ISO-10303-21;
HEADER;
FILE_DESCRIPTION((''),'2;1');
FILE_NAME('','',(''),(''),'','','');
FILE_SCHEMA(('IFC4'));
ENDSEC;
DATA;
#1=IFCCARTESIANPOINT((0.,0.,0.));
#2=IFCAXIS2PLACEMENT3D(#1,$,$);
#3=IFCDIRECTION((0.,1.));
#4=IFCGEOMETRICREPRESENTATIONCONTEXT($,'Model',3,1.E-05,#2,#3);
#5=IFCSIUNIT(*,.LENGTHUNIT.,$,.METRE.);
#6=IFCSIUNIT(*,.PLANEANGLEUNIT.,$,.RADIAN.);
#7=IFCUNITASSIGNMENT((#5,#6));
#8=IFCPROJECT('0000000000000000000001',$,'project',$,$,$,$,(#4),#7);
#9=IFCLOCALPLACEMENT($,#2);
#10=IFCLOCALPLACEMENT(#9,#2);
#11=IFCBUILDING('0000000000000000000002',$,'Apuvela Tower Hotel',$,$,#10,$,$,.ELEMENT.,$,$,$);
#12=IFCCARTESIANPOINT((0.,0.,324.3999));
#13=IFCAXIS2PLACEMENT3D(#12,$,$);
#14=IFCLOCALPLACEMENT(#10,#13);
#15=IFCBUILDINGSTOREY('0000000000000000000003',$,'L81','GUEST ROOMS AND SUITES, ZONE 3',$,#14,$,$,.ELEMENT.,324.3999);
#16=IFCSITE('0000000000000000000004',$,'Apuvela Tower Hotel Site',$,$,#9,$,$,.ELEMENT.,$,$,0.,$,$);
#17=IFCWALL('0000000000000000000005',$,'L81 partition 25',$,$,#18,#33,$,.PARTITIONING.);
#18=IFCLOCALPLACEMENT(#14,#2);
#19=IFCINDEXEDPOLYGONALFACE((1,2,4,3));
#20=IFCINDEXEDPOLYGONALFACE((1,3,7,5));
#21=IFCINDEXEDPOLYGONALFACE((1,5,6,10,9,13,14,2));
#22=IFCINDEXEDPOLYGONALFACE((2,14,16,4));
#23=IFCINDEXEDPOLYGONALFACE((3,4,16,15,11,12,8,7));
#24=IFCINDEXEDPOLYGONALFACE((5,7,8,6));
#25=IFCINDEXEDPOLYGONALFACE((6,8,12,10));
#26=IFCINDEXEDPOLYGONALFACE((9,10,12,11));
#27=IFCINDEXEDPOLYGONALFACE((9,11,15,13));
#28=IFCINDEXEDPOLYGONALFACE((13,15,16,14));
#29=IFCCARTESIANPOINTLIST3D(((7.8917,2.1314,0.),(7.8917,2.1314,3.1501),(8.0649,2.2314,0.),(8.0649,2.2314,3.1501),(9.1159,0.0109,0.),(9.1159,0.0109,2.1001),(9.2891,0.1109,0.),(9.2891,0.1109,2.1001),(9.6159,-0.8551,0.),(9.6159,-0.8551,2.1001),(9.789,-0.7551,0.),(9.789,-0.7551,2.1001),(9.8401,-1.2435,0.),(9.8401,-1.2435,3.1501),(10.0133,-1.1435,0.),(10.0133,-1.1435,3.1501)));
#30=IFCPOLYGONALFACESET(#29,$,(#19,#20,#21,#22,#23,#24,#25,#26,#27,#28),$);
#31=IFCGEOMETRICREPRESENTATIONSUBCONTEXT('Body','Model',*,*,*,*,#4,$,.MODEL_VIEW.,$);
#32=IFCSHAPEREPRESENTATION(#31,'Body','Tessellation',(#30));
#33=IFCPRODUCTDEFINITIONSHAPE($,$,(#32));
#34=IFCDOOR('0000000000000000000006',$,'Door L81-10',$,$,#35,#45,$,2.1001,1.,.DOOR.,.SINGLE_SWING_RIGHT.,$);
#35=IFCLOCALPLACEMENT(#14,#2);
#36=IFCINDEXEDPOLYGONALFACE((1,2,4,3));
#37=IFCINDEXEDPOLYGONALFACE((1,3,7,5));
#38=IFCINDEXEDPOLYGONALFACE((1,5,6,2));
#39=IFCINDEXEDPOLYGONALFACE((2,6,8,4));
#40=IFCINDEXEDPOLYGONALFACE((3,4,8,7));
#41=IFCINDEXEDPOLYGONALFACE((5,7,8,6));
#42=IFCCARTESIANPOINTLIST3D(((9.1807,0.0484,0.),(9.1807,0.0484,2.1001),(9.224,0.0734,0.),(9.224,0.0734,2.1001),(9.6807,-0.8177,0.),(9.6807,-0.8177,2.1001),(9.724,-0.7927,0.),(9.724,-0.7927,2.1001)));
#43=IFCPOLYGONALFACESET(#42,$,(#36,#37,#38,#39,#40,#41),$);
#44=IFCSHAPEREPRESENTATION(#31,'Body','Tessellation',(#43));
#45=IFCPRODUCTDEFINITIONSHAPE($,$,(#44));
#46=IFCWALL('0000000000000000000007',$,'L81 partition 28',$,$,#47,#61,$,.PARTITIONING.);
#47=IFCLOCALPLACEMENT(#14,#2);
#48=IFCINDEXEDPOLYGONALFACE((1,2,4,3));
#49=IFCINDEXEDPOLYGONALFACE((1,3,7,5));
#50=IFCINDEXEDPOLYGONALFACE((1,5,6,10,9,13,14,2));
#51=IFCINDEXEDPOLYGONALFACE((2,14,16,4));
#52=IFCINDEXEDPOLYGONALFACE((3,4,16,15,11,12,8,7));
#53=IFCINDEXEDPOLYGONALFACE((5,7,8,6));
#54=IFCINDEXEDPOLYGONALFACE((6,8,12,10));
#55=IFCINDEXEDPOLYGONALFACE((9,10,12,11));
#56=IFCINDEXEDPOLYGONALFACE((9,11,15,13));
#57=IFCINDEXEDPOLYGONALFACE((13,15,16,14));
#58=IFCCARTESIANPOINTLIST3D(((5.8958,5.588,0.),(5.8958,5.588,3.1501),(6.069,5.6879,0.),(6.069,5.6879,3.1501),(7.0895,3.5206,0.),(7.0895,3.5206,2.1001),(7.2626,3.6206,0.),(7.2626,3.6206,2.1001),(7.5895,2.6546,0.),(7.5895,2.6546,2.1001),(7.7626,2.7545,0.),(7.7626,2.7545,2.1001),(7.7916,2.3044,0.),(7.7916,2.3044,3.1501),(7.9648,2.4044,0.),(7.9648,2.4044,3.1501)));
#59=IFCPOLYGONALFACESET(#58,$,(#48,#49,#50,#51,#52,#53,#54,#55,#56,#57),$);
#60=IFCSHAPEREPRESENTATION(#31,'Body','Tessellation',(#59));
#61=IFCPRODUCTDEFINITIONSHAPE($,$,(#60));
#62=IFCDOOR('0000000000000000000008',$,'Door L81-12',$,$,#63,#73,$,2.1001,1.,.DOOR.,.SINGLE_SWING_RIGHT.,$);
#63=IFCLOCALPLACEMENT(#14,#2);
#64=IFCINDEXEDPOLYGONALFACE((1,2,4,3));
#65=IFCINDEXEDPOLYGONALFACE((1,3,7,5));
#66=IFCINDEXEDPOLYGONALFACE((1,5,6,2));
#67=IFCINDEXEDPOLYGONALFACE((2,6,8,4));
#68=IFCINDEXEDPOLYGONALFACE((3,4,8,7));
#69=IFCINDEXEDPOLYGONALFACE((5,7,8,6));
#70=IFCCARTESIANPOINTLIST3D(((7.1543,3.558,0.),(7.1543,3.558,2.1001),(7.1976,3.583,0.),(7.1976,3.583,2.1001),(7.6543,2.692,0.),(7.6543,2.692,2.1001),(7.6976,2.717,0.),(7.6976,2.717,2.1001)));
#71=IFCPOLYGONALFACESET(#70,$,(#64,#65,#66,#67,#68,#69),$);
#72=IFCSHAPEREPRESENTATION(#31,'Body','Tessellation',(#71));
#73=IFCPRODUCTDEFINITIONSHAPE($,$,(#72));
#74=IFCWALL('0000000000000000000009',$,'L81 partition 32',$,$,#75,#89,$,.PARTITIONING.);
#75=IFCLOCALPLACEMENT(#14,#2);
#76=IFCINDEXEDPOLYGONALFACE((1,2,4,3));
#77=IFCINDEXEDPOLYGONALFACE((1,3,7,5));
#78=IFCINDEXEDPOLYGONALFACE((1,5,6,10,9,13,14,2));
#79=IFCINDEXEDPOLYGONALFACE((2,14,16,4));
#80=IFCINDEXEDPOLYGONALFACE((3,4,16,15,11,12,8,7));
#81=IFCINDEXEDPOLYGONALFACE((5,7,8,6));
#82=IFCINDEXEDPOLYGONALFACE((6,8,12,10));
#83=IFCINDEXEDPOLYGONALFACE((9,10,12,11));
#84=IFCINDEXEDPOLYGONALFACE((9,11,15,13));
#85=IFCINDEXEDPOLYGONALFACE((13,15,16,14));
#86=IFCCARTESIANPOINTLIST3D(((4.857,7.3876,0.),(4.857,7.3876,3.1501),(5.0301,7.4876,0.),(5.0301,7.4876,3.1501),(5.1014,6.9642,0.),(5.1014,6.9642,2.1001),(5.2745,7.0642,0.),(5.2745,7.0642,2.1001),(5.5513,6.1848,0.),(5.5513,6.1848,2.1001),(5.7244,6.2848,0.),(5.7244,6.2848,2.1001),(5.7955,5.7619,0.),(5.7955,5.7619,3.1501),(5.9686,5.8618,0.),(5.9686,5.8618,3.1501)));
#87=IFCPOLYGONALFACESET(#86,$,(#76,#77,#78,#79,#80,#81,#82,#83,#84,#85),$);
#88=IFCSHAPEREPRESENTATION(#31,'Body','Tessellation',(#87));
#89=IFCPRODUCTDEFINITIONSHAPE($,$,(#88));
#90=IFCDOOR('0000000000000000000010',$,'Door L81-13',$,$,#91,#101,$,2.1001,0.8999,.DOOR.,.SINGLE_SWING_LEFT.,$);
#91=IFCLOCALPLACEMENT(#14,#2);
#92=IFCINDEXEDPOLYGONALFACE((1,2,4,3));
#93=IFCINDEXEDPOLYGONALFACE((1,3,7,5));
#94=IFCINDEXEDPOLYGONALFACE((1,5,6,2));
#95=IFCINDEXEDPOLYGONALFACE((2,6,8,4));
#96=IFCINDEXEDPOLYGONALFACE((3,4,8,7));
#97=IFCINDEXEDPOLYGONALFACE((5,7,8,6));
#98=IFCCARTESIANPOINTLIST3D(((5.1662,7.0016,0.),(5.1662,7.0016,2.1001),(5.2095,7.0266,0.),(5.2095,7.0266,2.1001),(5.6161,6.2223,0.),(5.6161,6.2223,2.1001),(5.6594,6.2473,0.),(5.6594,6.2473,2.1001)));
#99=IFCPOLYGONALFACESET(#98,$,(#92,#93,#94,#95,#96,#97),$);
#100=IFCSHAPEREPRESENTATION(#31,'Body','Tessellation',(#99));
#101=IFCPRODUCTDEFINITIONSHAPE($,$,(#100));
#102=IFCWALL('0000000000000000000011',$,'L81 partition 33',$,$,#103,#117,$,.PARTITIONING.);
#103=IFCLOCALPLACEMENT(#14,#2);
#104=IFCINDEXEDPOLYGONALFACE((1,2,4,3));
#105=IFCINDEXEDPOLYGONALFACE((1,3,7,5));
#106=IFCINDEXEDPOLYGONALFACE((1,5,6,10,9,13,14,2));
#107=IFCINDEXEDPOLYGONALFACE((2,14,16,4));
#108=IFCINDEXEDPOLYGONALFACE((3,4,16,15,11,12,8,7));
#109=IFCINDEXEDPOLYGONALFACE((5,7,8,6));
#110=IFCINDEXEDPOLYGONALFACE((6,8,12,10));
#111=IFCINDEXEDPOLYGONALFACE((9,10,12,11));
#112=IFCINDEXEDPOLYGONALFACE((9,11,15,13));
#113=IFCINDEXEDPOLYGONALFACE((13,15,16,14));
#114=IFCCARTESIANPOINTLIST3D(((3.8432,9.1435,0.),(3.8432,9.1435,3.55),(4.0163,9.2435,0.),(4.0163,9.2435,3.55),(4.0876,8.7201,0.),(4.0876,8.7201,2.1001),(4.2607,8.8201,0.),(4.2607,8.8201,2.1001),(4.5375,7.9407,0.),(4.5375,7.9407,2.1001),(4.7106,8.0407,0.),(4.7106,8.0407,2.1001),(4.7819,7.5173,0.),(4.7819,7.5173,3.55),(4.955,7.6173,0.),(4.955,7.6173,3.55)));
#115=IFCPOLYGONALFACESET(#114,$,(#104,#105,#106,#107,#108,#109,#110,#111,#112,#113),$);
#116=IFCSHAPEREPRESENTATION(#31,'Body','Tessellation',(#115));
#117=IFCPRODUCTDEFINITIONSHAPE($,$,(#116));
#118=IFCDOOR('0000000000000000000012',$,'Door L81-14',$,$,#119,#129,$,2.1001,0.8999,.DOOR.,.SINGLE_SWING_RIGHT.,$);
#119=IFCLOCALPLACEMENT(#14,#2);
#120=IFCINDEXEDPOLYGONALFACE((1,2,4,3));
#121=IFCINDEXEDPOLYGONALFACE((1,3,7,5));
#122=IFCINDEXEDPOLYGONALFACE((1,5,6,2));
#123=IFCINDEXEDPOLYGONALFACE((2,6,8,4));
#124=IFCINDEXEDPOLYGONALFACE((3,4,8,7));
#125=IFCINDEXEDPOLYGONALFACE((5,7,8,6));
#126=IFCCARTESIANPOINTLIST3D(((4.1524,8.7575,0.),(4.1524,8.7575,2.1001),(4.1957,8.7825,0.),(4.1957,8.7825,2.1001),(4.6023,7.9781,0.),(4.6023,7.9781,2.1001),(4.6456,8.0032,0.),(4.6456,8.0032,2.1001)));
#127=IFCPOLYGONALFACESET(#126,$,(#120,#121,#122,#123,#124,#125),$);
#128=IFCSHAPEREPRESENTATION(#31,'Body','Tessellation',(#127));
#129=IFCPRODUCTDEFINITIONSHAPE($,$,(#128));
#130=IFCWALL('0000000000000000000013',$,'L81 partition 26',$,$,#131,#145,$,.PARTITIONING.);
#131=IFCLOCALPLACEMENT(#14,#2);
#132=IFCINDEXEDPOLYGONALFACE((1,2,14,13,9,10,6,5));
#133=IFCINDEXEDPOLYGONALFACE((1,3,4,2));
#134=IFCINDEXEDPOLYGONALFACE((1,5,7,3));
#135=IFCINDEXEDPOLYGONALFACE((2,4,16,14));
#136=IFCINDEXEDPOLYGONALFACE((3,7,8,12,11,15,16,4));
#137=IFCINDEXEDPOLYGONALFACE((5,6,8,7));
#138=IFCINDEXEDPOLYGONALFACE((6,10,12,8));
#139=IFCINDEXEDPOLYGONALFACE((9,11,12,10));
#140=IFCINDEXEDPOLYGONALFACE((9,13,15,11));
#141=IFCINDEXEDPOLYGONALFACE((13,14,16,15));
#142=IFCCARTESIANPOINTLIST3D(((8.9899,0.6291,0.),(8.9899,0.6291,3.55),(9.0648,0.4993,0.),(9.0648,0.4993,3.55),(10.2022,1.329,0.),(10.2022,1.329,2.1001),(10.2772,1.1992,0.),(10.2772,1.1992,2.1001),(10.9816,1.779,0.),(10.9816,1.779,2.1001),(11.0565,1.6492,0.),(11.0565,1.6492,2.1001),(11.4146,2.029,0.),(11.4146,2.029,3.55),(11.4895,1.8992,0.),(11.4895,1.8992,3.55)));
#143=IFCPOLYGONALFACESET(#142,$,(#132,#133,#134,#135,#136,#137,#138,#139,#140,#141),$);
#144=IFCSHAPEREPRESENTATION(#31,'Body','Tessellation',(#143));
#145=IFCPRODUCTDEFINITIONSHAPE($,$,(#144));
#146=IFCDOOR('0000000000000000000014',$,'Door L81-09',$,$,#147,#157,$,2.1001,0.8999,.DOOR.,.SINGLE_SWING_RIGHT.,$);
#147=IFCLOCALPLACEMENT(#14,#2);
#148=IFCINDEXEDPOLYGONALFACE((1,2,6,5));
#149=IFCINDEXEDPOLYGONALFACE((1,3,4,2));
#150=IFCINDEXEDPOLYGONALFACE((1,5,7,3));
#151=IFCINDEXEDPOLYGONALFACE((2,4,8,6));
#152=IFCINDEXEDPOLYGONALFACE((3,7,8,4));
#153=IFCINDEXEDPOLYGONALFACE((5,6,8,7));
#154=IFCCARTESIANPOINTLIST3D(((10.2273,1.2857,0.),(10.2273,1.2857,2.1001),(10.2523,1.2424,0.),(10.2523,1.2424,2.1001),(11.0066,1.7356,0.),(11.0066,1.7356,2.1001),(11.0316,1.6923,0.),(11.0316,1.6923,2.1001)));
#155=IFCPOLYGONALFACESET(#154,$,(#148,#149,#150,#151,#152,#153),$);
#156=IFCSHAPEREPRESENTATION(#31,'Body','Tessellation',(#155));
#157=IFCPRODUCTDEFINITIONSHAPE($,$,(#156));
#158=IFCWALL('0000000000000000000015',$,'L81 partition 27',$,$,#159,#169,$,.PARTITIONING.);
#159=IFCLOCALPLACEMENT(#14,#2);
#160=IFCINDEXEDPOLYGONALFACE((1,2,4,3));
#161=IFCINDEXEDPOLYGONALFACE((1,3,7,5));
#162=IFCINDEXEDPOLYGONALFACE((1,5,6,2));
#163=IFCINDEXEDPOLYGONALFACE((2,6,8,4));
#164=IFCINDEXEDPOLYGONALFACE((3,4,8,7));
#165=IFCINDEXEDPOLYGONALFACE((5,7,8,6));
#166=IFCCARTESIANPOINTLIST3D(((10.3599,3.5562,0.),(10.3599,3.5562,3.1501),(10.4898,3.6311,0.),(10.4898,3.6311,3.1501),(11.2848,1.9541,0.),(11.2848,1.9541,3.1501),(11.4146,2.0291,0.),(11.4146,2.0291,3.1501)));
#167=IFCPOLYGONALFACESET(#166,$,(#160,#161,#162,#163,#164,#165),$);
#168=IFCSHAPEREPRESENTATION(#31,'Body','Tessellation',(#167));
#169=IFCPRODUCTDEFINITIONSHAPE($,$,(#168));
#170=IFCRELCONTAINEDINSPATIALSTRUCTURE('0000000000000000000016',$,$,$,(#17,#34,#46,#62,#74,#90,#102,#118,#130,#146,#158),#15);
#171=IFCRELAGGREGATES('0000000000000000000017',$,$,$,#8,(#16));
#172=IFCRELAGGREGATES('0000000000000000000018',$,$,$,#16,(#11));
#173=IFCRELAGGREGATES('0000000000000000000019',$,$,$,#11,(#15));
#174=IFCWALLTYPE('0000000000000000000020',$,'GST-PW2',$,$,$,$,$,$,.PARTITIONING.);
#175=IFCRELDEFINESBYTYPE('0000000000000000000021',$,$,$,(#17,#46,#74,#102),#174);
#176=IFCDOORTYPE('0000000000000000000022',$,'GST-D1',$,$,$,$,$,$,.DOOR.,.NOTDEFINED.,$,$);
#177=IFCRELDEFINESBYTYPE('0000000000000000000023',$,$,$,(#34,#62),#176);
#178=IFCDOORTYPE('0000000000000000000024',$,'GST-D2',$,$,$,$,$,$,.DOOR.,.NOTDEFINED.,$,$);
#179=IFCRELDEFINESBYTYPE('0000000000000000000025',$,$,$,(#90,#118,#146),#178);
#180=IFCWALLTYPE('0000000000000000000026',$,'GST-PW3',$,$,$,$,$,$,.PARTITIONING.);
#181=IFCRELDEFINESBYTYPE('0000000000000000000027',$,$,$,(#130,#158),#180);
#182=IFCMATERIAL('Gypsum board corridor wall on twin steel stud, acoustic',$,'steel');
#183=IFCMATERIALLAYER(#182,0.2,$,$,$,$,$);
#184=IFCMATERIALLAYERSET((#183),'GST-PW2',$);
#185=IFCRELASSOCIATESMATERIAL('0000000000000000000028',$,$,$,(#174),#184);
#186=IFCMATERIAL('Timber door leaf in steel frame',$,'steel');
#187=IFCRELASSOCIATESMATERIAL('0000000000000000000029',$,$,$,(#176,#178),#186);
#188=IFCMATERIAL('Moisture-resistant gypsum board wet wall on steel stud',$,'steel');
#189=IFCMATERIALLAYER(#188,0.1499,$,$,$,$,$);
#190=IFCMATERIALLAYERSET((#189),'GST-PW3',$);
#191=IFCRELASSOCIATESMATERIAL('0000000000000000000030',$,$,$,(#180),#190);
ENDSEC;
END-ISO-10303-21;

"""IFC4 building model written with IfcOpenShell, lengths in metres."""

from ifc_helpers import new_model, si_unit, direction, frame, frame_2d, origin, place, context, subcontext, project, spatial, rectangle, extrude, material, layer, layer_set, type_object, element, fill, save


model = new_model("IFC4")

# Units and contexts
model_context = context("Model", 3, precision=1e-05, world=origin(), true_north=direction((0.0, 1.0)))
body_context = subcontext(model_context, "Body", "Model", "MODEL_VIEW")
ifc_project = project(units=[si_unit("LENGTHUNIT", "METRE"), si_unit("PLANEANGLEUNIT", "RADIAN")], contexts=[model_context])

# Site, building, storey
site_placement = place(None, origin())
site = spatial("IfcSite", under=ifc_project, at=site_placement, Name="Apuvela Tower Hotel Site", CompositionType="ELEMENT", RefElevation=0.0)
building_placement = place(site_placement, origin())
building = spatial("IfcBuilding", under=site, at=building_placement, Name="Apuvela Tower Hotel", CompositionType="ELEMENT")
storey_placement = place(building_placement, frame((0.0, 0.0, 324.3999)))
storey = spatial("IfcBuildingStorey", under=building, at=storey_placement, Name="L81", Description="GUEST ROOMS AND SUITES, ZONE 3", CompositionType="ELEMENT", Elevation=324.3999)

# Walls, openings, doors
ifc_material_1 = material(Name="Gypsum board corridor wall on twin steel stud, acoustic", Category="steel")
ifc_layer_1 = layer(ifc_material_1, 0.2)
ifc_layer_set_1 = layer_set([ifc_layer_1], Name="GST-PW2")
wall_type_1 = type_object("IfcWallType", Name="GST-PW2", PredefinedType="PARTITIONING", material=ifc_layer_set_1)
wall_1_placement = place(storey_placement, frame((7.9783, 2.1814, 0.0), z_axis=(0.0, 0.0, 1.0), x_axis=(0.499986, -0.866033, 0.0)))
wall_1 = element("IfcWall", 1, at=wall_1_placement, inside=storey, type_object=wall_type_1, Name="L81 partition 25", PredefinedType="PARTITIONING", context=body_context, shape_type="SweptSolid", body=[
    extrude(rectangle(XDim=3.897, YDim=0.2, at=frame_2d((1.9485, 0.0))), origin(), (0.0, 0.0, 1.0), 3.1501),
])
opening_1_placement = place(wall_1_placement, frame((2.4485, 0.0, 0.0)))
opening_1 = element("IfcOpeningElement", 2, at=opening_1_placement, cuts=wall_1, PredefinedType="OPENING", context=body_context, shape_type="SweptSolid", body=[
    extrude(rectangle(XDim=1.0, YDim=2.1001, at=frame_2d((0.5, 1.05))), frame((0.0, 0.1099, 0.0), z_axis=(0.0, -1.0, 0.0), x_axis=(1.0, 0.0, 0.0)), (0.0, 0.0, 1.0), 0.22),
])
ifc_material_2 = material(Name="Timber door leaf in steel frame", Category="steel")
door_type_1 = type_object("IfcDoorType", Name="GST-D1", OperationType="NOTDEFINED", PredefinedType="DOOR", material=ifc_material_2)
door_1_placement = place(opening_1_placement, origin())
door_1 = element("IfcDoor", 3, at=door_1_placement, inside=storey, type_object=door_type_1, Name="Door L81-10", OperationType="SINGLE_SWING_RIGHT", OverallHeight=2.1001, OverallWidth=1.0, PredefinedType="DOOR", context=body_context, shape_type="SweptSolid", body=[
    extrude(rectangle(XDim=1.0, YDim=2.1001, at=frame_2d((0.5, 1.05))), frame((0.0, 0.0249, 0.0), z_axis=(0.0, -1.0, 0.0), x_axis=(1.0, 0.0, 0.0)), (0.0, 0.0, 1.0), 0.05),
])
fill(opening_1, door_1)
wall_2_placement = place(storey_placement, frame((5.9824, 5.6379, 0.0), z_axis=(0.0, 0.0, 1.0), x_axis=(0.50001, -0.866019, 0.0)))
wall_2 = element("IfcWall", 4, at=wall_2_placement, inside=storey, type_object=wall_type_1, Name="L81 partition 28", PredefinedType="PARTITIONING", context=body_context, shape_type="SweptSolid", body=[
    extrude(rectangle(XDim=3.7915, YDim=0.2, at=frame_2d((1.8958, 0.0))), origin(), (0.0, 0.0, 1.0), 3.1501),
])
opening_2_placement = place(wall_2_placement, frame((2.3872, 0.0, 0.0)))
opening_2 = element("IfcOpeningElement", 5, at=opening_2_placement, cuts=wall_2, PredefinedType="OPENING", context=body_context, shape_type="SweptSolid", body=[
    extrude(rectangle(XDim=1.0, YDim=2.1001, at=frame_2d((0.5, 1.05))), frame((0.0, 0.1099, 0.0), z_axis=(0.0, -1.0, 0.0), x_axis=(1.0, 0.0, 0.0)), (0.0, 0.0, 1.0), 0.22),
])
door_2_placement = place(opening_2_placement, origin())
door_2 = element("IfcDoor", 6, at=door_2_placement, inside=storey, type_object=door_type_1, Name="Door L81-12", OperationType="SINGLE_SWING_RIGHT", OverallHeight=2.1001, OverallWidth=1.0, PredefinedType="DOOR", context=body_context, shape_type="SweptSolid", body=[
    extrude(rectangle(XDim=1.0, YDim=2.1001, at=frame_2d((0.5, 1.05))), frame((0.0, 0.0249, 0.0), z_axis=(0.0, -1.0, 0.0), x_axis=(1.0, 0.0, 0.0)), (0.0, 0.0, 1.0), 0.05),
])
fill(opening_2, door_2)
wall_3_placement = place(storey_placement, frame((4.9436, 7.4375, 0.0), z_axis=(0.0, 0.0, 1.0), x_axis=(0.499944, -0.866058, 0.0)))
wall_3 = element("IfcWall", 7, at=wall_3_placement, inside=storey, type_object=wall_type_1, Name="L81 partition 32", PredefinedType="PARTITIONING", context=body_context, shape_type="SweptSolid", body=[
    extrude(rectangle(XDim=1.8772, YDim=0.2, at=frame_2d((0.9385, 0.0))), origin(), (0.0, 0.0, 1.0), 3.1501),
])
opening_3_placement = place(wall_3_placement, frame((0.4888, 0.0, 0.0)))
opening_3 = element("IfcOpeningElement", 8, at=opening_3_placement, cuts=wall_3, PredefinedType="OPENING", context=body_context, shape_type="SweptSolid", body=[
    extrude(rectangle(XDim=0.8999, YDim=2.1001, at=frame_2d((0.45, 1.05))), frame((0.0, 0.1099, 0.0), z_axis=(0.0, -1.0, 0.0), x_axis=(1.0, 0.0, 0.0)), (0.0, 0.0, 1.0), 0.22),
])
door_type_2 = type_object("IfcDoorType", Name="GST-D2", OperationType="NOTDEFINED", PredefinedType="DOOR", material=ifc_material_2)
door_3_placement = place(opening_3_placement, origin())
door_3 = element("IfcDoor", 9, at=door_3_placement, inside=storey, type_object=door_type_2, Name="Door L81-13", OperationType="SINGLE_SWING_LEFT", OverallHeight=2.1001, OverallWidth=0.8999, PredefinedType="DOOR", context=body_context, shape_type="SweptSolid", body=[
    extrude(rectangle(XDim=0.8999, YDim=2.1001, at=frame_2d((0.45, 1.05))), frame((0.0, 0.0249, 0.0), z_axis=(0.0, -1.0, 0.0), x_axis=(1.0, 0.0, 0.0)), (0.0, 0.0, 1.0), 0.05),
])
fill(opening_3, door_3)
wall_4_placement = place(storey_placement, frame((3.9297, 9.1936, 0.0), z_axis=(0.0, 0.0, 1.0), x_axis=(0.499929, -0.866067, 0.0)))
wall_4 = element("IfcWall", 10, at=wall_4_placement, inside=storey, type_object=wall_type_1, Name="L81 partition 33", PredefinedType="PARTITIONING", context=body_context, shape_type="SweptSolid", body=[
    extrude(rectangle(XDim=1.8777, YDim=0.2, at=frame_2d((0.939, 0.0))), origin(), (0.0, 0.0, 1.0), 3.55),
])
opening_4_placement = place(wall_4_placement, frame((0.489, 0.0, 0.0)))
opening_4 = element("IfcOpeningElement", 11, at=opening_4_placement, cuts=wall_4, PredefinedType="OPENING", context=body_context, shape_type="SweptSolid", body=[
    extrude(rectangle(XDim=0.8999, YDim=2.1001, at=frame_2d((0.45, 1.05))), frame((0.0, 0.1099, 0.0), z_axis=(0.0, -1.0, 0.0), x_axis=(1.0, 0.0, 0.0)), (0.0, 0.0, 1.0), 0.22),
])
door_4_placement = place(opening_4_placement, origin())
door_4 = element("IfcDoor", 12, at=door_4_placement, inside=storey, type_object=door_type_2, Name="Door L81-14", OperationType="SINGLE_SWING_RIGHT", OverallHeight=2.1001, OverallWidth=0.8999, PredefinedType="DOOR", context=body_context, shape_type="SweptSolid", body=[
    extrude(rectangle(XDim=0.8999, YDim=2.1001, at=frame_2d((0.45, 1.05))), frame((0.0, 0.0249, 0.0), z_axis=(0.0, -1.0, 0.0), x_axis=(1.0, 0.0, 0.0)), (0.0, 0.0, 1.0), 0.05),
])
fill(opening_4, door_4)
ifc_material_3 = material(Name="Moisture-resistant gypsum board wet wall on steel stud", Category="steel")
ifc_layer_2 = layer(ifc_material_3, 0.1499)
ifc_layer_set_2 = layer_set([ifc_layer_2], Name="GST-PW3")
wall_type_2 = type_object("IfcWallType", Name="GST-PW3", PredefinedType="PARTITIONING", material=ifc_layer_set_2)
wall_5_placement = place(storey_placement, frame((9.0273, 0.5642, 0.0), z_axis=(0.0, 0.0, 1.0), x_axis=(0.866035, 0.499984, 0.0)))
wall_5 = element("IfcWall", 13, at=wall_5_placement, inside=storey, type_object=wall_type_2, Name="L81 partition 26", PredefinedType="PARTITIONING", context=body_context, shape_type="SweptSolid", body=[
    extrude(rectangle(XDim=2.7998, YDim=0.1499, at=frame_2d((1.3999, 0.0))), origin(), (0.0, 0.0, 1.0), 3.55),
])
opening_5_placement = place(wall_5_placement, frame((1.3999, 0.0, 0.0)))
opening_5 = element("IfcOpeningElement", 14, at=opening_5_placement, cuts=wall_5, PredefinedType="OPENING", context=body_context, shape_type="SweptSolid", body=[
    extrude(rectangle(XDim=0.8999, YDim=2.1001, at=frame_2d((0.45, 1.05))), frame((0.0, 0.085, 0.0), z_axis=(0.0, -1.0, 0.0), x_axis=(1.0, 0.0, 0.0)), (0.0, 0.0, 1.0), 0.1699),
])
door_5_placement = place(opening_5_placement, origin())
door_5 = element("IfcDoor", 15, at=door_5_placement, inside=storey, type_object=door_type_2, Name="Door L81-09", OperationType="SINGLE_SWING_RIGHT", OverallHeight=2.1001, OverallWidth=0.8999, PredefinedType="DOOR", context=body_context, shape_type="SweptSolid", body=[
    extrude(rectangle(XDim=0.8999, YDim=2.1001, at=frame_2d((0.45, 1.05))), frame((0.0, 0.0249, 0.0), z_axis=(0.0, -1.0, 0.0), x_axis=(1.0, 0.0, 0.0)), (0.0, 0.0, 1.0), 0.05),
])
fill(opening_5, door_5)

# Wall
wall_6_placement = place(storey_placement, frame((11.3496, 1.9917, 0.0), z_axis=(0.0, 0.0, 1.0), x_axis=(-0.499943, 0.866058, 0.0)))
element("IfcWall", 16, at=wall_6_placement, inside=storey, type_object=wall_type_2, Name="L81 partition 27", PredefinedType="PARTITIONING", context=body_context, shape_type="SweptSolid", body=[
    extrude(rectangle(XDim=1.8499, YDim=0.1499, at=frame_2d((0.9248, 0.0))), origin(), (0.0, 0.0, 1.0), 3.1501),
])

save(model, "model.ifc")
